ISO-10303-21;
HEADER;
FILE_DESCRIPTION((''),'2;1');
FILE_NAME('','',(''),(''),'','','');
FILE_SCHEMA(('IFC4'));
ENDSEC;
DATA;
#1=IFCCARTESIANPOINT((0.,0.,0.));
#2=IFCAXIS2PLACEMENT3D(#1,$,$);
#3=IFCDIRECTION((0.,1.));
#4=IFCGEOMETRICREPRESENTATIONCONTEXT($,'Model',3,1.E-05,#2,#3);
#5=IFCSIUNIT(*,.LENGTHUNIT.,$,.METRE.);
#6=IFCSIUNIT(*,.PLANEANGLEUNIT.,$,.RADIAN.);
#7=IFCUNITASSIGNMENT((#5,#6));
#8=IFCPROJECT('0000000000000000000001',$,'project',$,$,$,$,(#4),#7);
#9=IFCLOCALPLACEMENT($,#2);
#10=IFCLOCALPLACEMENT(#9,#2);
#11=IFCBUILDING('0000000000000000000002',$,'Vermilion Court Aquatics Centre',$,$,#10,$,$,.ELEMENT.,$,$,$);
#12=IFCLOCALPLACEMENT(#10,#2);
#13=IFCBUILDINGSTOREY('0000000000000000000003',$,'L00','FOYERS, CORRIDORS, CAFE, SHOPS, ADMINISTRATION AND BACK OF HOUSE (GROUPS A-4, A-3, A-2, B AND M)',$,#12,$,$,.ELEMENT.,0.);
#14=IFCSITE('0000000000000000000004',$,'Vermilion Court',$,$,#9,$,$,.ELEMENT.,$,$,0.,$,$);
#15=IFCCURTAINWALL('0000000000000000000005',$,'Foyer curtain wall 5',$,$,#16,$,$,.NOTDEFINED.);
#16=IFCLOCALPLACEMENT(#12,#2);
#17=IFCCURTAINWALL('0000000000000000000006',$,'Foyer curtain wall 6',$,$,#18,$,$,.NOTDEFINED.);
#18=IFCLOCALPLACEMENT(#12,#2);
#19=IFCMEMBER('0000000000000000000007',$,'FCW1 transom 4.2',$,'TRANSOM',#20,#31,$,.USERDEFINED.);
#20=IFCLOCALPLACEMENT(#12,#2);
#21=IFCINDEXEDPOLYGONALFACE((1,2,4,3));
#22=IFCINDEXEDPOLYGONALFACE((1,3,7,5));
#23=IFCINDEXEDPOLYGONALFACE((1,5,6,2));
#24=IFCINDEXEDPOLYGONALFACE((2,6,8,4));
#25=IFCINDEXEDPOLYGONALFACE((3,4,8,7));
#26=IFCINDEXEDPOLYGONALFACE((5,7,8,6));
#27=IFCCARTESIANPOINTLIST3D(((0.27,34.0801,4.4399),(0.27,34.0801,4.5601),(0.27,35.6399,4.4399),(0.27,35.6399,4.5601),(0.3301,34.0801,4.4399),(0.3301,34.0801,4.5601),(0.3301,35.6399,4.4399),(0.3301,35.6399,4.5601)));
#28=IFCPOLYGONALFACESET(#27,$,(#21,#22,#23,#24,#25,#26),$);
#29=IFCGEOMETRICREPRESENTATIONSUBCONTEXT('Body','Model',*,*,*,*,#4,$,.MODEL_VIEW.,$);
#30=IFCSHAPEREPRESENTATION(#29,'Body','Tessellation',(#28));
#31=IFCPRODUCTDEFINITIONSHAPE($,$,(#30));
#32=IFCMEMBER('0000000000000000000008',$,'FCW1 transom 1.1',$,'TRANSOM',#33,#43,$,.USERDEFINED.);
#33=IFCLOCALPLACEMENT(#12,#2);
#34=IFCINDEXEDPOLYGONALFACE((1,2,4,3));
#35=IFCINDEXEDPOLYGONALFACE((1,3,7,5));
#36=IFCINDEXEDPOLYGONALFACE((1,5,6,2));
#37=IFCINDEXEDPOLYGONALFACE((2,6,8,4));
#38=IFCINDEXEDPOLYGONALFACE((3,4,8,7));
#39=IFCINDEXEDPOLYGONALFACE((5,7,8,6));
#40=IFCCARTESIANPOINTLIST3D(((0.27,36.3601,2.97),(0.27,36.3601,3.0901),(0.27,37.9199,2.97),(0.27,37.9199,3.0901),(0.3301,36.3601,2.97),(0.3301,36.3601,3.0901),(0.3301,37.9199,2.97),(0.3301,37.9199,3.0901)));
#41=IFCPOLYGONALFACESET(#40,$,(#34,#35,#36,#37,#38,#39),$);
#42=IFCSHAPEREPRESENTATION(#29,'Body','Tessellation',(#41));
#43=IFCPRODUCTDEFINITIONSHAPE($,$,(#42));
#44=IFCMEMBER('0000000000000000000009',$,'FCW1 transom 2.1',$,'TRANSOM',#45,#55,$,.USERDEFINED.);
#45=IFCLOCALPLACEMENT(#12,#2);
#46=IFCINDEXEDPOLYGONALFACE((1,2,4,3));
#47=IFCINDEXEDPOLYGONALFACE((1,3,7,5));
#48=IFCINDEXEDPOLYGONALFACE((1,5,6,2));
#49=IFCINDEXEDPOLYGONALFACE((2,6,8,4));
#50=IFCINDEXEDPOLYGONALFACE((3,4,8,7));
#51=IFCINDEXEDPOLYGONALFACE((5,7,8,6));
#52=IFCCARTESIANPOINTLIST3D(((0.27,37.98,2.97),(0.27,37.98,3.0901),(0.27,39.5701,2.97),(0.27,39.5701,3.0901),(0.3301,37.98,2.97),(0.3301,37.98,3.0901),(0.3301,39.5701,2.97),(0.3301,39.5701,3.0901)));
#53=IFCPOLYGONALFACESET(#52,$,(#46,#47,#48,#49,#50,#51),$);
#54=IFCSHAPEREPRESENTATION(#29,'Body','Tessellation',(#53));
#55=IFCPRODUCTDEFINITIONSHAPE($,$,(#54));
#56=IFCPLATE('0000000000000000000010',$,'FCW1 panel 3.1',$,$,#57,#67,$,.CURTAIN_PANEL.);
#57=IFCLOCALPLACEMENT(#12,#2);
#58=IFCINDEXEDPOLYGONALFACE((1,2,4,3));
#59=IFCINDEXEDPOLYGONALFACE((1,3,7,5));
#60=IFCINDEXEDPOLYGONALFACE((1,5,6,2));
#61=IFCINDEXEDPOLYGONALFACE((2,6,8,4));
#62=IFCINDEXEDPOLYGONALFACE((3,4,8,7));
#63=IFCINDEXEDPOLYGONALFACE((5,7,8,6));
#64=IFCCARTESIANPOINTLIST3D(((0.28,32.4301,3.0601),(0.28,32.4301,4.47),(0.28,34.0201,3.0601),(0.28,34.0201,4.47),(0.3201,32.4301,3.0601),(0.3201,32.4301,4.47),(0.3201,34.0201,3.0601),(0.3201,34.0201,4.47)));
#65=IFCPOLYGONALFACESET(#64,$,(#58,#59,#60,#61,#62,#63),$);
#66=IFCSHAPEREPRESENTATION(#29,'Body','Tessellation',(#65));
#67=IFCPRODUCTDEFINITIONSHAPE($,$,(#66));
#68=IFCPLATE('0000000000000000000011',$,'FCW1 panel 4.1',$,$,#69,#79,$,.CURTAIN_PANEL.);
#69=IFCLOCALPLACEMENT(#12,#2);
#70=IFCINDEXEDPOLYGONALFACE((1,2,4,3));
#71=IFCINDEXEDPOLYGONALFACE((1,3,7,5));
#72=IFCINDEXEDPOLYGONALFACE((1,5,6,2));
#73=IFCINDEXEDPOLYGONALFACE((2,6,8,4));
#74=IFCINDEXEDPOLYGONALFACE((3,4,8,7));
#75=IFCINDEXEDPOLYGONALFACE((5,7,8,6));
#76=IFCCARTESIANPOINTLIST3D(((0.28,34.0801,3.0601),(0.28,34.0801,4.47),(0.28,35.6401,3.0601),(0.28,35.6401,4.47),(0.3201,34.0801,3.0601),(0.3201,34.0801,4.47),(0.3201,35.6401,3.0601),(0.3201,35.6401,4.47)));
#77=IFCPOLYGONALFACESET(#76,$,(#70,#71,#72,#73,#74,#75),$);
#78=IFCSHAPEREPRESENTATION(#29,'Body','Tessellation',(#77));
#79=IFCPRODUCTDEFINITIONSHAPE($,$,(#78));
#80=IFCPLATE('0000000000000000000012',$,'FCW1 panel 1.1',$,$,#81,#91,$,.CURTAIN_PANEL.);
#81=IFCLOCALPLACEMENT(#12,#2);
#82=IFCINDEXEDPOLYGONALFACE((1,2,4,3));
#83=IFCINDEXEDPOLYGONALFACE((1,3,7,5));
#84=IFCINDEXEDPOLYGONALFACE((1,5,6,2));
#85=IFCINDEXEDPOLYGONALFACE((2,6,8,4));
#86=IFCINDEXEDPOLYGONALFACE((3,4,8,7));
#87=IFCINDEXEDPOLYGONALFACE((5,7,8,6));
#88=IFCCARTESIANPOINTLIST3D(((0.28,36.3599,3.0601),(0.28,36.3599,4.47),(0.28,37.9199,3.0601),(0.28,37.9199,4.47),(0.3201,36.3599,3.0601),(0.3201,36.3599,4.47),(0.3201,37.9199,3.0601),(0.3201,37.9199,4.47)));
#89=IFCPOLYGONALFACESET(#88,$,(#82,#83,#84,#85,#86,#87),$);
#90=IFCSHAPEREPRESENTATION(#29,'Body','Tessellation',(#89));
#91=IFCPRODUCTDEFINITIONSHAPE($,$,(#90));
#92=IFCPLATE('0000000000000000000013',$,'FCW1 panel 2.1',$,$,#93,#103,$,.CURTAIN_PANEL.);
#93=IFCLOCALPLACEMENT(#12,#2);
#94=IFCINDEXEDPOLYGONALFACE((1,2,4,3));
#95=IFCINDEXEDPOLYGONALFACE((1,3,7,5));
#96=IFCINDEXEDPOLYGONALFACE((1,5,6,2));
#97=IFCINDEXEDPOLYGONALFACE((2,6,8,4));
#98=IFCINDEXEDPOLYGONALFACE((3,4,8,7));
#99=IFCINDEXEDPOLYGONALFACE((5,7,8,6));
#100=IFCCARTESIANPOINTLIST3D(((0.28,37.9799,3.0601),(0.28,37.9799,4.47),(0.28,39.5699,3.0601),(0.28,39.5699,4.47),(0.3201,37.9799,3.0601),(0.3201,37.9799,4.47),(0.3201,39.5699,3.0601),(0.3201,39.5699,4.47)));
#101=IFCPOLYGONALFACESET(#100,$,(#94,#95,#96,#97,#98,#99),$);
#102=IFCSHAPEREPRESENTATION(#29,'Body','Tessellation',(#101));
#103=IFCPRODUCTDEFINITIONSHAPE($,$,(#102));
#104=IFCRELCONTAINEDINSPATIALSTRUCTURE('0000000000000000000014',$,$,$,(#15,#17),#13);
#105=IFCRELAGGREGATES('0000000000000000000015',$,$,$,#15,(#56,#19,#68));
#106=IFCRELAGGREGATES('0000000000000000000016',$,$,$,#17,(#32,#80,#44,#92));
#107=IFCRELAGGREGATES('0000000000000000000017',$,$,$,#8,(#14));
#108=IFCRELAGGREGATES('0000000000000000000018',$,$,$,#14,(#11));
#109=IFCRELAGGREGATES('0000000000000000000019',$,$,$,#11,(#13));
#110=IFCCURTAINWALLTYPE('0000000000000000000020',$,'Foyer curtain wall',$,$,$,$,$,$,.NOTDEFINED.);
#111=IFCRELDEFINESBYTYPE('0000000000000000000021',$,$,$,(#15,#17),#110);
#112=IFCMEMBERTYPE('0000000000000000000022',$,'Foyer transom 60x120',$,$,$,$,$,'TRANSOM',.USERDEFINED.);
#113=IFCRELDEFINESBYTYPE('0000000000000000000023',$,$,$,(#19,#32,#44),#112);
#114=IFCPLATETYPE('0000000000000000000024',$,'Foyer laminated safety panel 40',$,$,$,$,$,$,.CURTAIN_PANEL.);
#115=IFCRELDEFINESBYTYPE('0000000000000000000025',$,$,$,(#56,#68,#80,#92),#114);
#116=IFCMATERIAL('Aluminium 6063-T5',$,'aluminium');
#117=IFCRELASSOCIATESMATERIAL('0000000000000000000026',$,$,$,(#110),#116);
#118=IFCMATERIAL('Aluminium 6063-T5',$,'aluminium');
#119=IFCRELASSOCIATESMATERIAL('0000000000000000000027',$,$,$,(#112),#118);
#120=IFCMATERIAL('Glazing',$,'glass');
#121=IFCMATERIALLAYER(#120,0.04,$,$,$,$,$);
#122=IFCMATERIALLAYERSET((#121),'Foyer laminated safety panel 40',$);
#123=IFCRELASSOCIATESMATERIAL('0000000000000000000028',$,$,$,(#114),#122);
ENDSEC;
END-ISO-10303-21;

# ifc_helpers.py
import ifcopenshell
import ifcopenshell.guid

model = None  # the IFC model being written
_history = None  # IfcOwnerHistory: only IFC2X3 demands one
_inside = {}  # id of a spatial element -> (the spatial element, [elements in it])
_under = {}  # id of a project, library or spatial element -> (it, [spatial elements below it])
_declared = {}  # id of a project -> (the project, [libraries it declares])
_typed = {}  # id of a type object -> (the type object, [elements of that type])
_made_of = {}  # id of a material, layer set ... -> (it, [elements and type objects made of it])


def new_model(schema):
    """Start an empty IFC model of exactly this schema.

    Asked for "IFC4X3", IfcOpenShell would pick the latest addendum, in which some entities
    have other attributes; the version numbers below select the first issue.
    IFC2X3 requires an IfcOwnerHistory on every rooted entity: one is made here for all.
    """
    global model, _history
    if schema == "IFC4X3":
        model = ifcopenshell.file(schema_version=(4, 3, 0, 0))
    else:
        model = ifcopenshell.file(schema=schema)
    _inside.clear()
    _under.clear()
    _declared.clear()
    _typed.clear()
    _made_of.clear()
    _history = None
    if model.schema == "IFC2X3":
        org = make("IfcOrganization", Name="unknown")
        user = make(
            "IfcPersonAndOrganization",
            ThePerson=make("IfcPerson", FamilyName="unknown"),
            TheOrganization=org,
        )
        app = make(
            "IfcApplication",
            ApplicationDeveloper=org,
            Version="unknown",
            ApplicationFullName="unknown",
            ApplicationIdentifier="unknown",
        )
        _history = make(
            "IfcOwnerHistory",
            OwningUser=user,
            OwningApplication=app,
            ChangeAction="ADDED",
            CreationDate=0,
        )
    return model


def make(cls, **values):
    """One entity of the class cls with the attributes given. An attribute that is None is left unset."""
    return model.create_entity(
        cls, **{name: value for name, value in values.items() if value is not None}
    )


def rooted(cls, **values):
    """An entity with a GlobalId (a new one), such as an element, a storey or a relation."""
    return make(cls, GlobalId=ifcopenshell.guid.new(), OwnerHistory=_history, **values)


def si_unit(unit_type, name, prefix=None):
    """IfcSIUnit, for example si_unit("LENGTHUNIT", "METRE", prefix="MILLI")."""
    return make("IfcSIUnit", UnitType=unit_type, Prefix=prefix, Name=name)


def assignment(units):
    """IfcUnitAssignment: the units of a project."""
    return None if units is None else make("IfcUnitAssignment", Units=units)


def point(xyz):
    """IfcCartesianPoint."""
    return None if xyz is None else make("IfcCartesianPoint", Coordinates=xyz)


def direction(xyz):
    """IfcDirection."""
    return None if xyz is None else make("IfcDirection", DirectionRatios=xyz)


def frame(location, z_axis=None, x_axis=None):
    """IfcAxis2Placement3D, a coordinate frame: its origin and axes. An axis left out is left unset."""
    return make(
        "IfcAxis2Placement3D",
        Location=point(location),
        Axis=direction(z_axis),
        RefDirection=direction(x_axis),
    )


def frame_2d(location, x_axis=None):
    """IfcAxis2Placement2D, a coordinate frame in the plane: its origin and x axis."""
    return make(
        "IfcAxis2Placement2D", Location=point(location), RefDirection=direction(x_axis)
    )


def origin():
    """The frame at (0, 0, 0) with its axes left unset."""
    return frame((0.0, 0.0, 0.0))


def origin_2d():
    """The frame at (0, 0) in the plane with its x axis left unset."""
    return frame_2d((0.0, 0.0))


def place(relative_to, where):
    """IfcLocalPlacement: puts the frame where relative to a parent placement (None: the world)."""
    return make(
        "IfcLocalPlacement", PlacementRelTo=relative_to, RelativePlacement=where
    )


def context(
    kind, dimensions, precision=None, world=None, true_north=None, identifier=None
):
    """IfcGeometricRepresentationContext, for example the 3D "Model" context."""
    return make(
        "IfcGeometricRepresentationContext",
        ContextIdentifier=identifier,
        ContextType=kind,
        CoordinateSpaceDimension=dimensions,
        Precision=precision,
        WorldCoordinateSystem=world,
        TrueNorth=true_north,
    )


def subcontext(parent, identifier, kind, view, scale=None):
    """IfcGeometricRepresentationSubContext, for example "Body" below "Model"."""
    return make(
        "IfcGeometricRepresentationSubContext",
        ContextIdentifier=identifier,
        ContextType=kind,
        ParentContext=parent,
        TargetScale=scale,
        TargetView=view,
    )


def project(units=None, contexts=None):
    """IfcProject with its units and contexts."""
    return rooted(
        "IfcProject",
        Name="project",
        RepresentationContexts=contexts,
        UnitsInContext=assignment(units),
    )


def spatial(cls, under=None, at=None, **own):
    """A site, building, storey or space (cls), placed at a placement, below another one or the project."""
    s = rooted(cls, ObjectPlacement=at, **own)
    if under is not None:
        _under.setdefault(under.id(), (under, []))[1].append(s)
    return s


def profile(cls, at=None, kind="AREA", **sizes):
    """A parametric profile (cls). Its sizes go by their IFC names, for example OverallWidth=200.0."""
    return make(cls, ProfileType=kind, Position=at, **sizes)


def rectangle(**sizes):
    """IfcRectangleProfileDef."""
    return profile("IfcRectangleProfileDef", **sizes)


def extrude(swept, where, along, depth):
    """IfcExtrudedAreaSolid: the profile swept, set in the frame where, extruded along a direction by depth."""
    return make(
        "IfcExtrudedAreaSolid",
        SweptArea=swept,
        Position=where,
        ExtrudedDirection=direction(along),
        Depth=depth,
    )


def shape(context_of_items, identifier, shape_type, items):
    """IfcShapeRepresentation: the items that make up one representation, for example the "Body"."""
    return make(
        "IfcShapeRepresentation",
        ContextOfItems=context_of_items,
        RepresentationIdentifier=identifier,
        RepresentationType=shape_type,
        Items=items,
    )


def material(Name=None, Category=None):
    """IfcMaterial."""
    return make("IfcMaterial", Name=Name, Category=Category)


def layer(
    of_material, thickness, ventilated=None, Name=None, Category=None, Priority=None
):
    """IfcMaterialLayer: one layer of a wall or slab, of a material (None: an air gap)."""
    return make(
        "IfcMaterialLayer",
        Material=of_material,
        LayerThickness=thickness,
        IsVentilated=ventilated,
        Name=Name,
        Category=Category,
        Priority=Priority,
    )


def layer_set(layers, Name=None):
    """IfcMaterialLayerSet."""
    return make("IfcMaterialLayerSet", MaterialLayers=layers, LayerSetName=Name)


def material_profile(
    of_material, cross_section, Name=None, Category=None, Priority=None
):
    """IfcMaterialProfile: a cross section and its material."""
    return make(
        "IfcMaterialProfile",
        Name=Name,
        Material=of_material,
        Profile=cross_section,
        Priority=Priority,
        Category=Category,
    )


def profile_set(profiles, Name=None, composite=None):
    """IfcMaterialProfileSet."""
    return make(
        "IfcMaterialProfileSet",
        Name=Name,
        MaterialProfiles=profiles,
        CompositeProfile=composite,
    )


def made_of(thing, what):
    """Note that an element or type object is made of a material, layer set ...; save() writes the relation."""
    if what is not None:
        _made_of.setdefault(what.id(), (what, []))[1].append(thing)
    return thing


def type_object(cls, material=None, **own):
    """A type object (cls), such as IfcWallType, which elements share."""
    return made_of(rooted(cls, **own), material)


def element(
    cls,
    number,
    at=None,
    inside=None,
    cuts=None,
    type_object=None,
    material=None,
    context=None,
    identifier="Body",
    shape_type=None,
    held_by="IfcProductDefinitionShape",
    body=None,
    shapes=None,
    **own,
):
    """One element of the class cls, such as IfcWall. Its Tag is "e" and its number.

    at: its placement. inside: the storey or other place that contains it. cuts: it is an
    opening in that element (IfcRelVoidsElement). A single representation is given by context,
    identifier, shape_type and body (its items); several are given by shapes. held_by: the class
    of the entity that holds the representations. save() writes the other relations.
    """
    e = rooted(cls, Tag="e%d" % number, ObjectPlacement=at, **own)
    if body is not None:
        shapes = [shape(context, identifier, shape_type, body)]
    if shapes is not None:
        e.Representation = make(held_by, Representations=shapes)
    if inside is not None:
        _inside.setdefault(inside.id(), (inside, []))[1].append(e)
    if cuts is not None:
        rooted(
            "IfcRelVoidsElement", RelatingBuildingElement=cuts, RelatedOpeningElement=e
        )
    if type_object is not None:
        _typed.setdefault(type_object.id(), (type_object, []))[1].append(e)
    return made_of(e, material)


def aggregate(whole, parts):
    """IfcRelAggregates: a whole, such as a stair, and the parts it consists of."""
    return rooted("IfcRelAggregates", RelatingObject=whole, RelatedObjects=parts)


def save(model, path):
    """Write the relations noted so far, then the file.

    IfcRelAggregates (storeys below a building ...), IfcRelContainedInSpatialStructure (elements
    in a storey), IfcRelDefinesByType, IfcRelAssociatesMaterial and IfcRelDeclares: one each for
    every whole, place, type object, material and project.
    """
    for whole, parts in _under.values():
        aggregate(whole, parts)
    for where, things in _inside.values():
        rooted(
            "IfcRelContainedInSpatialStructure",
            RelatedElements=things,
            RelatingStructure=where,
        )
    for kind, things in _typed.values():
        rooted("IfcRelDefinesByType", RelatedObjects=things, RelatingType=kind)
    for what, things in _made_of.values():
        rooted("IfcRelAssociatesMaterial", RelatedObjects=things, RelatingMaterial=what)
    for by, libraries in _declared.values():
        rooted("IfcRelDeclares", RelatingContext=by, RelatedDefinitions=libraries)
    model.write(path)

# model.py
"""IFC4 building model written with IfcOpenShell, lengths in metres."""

from ifc_helpers import new_model, si_unit, direction, frame, origin, origin_2d, place, context, subcontext, project, spatial, rectangle, extrude, material, layer, layer_set, material_profile, profile_set, type_object, element, aggregate, save


model = new_model("IFC4")

# Units and contexts
model_context = context("Model", 3, precision=1e-05, world=origin(), true_north=direction((0.0, 1.0)))
body_context = subcontext(model_context, "Body", "Model", "MODEL_VIEW")
ifc_project = project(units=[si_unit("LENGTHUNIT", "METRE"), si_unit("PLANEANGLEUNIT", "RADIAN")], contexts=[model_context])

# Site, building, storey
site_placement = place(None, origin())
site = spatial("IfcSite", under=ifc_project, at=site_placement, Name="Vermilion Court", CompositionType="ELEMENT", RefElevation=0.0)
building_placement = place(site_placement, origin())
building = spatial("IfcBuilding", under=site, at=building_placement, Name="Vermilion Court Aquatics Centre", CompositionType="ELEMENT")
storey_placement = place(building_placement, origin())
storey = spatial("IfcBuildingStorey", under=building, at=storey_placement, Name="L00", Description="FOYERS, CORRIDORS, CAFE, SHOPS, ADMINISTRATION AND BACK OF HOUSE (GROUPS A-4, A-3, A-2, B AND M)", CompositionType="ELEMENT", Elevation=0.0)

# Curtain walls
ifc_material_1 = material(Name="Aluminium 6063-T5", Category="aluminium")
curtain_wall_type = type_object("IfcCurtainWallType", Name="Foyer curtain wall", PredefinedType="NOTDEFINED", material=ifc_material_1)
curtain_wall_1_placement = place(storey_placement, origin())
curtain_wall_1 = element("IfcCurtainWall", 1, at=curtain_wall_1_placement, inside=storey, type_object=curtain_wall_type, Name="Foyer curtain wall 5", PredefinedType="NOTDEFINED")
curtain_wall_2_placement = place(storey_placement, origin())
curtain_wall_2 = element("IfcCurtainWall", 2, at=curtain_wall_2_placement, inside=storey, type_object=curtain_wall_type, Name="Foyer curtain wall 6", PredefinedType="NOTDEFINED")

# Members
ifc_material_2 = material(Name="Aluminium 6063-T5", Category="aluminium")
ifc_material_profile_1 = material_profile(ifc_material_2, rectangle(XDim=0.0601, YDim=0.1201, at=origin_2d()), Name="Aluminium 60x120")
ifc_profile_set_1 = profile_set([ifc_material_profile_1], Name="Aluminium 6063-T5")
member_type_1 = type_object("IfcMemberType", Name="Foyer transom 60x120", ElementType="TRANSOM", PredefinedType="USERDEFINED", material=ifc_profile_set_1)
member_1_placement = place(storey_placement, frame((0.3, 34.0801, 4.5), z_axis=(0.0, 1.0, 0.0), x_axis=(-1.0, 0.0, 0.0)))
member_1 = element("IfcMember", 3, at=member_1_placement, type_object=member_type_1, Name="FCW1 transom 4.2", ObjectType="TRANSOM", PredefinedType="USERDEFINED", context=body_context, shape_type="SweptSolid", body=[
    extrude(rectangle(XDim=0.0601, YDim=0.1201, at=origin_2d()), origin(), (0.0, 0.0, 1.0), 1.5598),
])
member_2_placement = place(storey_placement, frame((0.3, 36.3601, 3.03), z_axis=(0.0, 1.0, 0.0), x_axis=(-1.0, 0.0, 0.0)))
member_2 = element("IfcMember", 4, at=member_2_placement, type_object=member_type_1, Name="FCW1 transom 1.1", ObjectType="TRANSOM", PredefinedType="USERDEFINED", context=body_context, shape_type="SweptSolid", body=[
    extrude(rectangle(XDim=0.0601, YDim=0.1201, at=origin_2d()), origin(), (0.0, 0.0, 1.0), 1.5598),
])
member_3_placement = place(storey_placement, frame((0.3, 37.98, 3.03), z_axis=(0.0, 1.0, 0.0), x_axis=(-1.0, 0.0, 0.0)))
member_3 = element("IfcMember", 5, at=member_3_placement, type_object=member_type_1, Name="FCW1 transom 2.1", ObjectType="TRANSOM", PredefinedType="USERDEFINED", context=body_context, shape_type="SweptSolid", body=[
    extrude(rectangle(XDim=0.0601, YDim=0.1201, at=origin_2d()), origin(), (0.0, 0.0, 1.0), 1.5901),
])

# Plates
ifc_material_3 = material(Name="Glazing", Category="glass")
ifc_layer_1 = layer(ifc_material_3, 0.04)
ifc_layer_set_1 = layer_set([ifc_layer_1], Name="Foyer laminated safety panel 40")
plate_type = type_object("IfcPlateType", Name="Foyer laminated safety panel 40", PredefinedType="CURTAIN_PANEL", material=ifc_layer_set_1)
plate_1_placement = place(storey_placement, frame((0.3, 33.2251, 3.0601), z_axis=(0.0, 0.0, 1.0), x_axis=(0.0, 1.0, 0.0)))
plate_1 = element("IfcPlate", 6, at=plate_1_placement, type_object=plate_type, Name="FCW1 panel 3.1", PredefinedType="CURTAIN_PANEL", context=body_context, shape_type="SweptSolid", body=[
    extrude(rectangle(XDim=1.5901, YDim=0.04, at=origin_2d()), origin(), (0.0, 0.0, 1.0), 1.4099),
])
plate_2_placement = place(storey_placement, frame((0.3, 34.8601, 3.0601), z_axis=(0.0, 0.0, 1.0), x_axis=(0.0, 1.0, 0.0)))
plate_2 = element("IfcPlate", 7, at=plate_2_placement, type_object=plate_type, Name="FCW1 panel 4.1", PredefinedType="CURTAIN_PANEL", context=body_context, shape_type="SweptSolid", body=[
    extrude(rectangle(XDim=1.5601, YDim=0.04, at=origin_2d()), origin(), (0.0, 0.0, 1.0), 1.4099),
])
aggregate(curtain_wall_1, [plate_1, member_1, plate_2])
plate_3_placement = place(storey_placement, frame((0.3, 37.1399, 3.0601), z_axis=(0.0, 0.0, 1.0), x_axis=(0.0, 1.0, 0.0)))
plate_3 = element("IfcPlate", 8, at=plate_3_placement, type_object=plate_type, Name="FCW1 panel 1.1", PredefinedType="CURTAIN_PANEL", context=body_context, shape_type="SweptSolid", body=[
    extrude(rectangle(XDim=1.5601, YDim=0.04, at=origin_2d()), origin(), (0.0, 0.0, 1.0), 1.4099),
])
plate_4_placement = place(storey_placement, frame((0.3, 38.7749, 3.0601), z_axis=(0.0, 0.0, 1.0), x_axis=(0.0, 1.0, 0.0)))
plate_4 = element("IfcPlate", 9, at=plate_4_placement, type_object=plate_type, Name="FCW1 panel 2.1", PredefinedType="CURTAIN_PANEL", context=body_context, shape_type="SweptSolid", body=[
    extrude(rectangle(XDim=1.5901, YDim=0.04, at=origin_2d()), origin(), (0.0, 0.0, 1.0), 1.4099),
])
aggregate(curtain_wall_2, [member_2, plate_3, member_3, plate_4])

save(model, "model.ifc")
